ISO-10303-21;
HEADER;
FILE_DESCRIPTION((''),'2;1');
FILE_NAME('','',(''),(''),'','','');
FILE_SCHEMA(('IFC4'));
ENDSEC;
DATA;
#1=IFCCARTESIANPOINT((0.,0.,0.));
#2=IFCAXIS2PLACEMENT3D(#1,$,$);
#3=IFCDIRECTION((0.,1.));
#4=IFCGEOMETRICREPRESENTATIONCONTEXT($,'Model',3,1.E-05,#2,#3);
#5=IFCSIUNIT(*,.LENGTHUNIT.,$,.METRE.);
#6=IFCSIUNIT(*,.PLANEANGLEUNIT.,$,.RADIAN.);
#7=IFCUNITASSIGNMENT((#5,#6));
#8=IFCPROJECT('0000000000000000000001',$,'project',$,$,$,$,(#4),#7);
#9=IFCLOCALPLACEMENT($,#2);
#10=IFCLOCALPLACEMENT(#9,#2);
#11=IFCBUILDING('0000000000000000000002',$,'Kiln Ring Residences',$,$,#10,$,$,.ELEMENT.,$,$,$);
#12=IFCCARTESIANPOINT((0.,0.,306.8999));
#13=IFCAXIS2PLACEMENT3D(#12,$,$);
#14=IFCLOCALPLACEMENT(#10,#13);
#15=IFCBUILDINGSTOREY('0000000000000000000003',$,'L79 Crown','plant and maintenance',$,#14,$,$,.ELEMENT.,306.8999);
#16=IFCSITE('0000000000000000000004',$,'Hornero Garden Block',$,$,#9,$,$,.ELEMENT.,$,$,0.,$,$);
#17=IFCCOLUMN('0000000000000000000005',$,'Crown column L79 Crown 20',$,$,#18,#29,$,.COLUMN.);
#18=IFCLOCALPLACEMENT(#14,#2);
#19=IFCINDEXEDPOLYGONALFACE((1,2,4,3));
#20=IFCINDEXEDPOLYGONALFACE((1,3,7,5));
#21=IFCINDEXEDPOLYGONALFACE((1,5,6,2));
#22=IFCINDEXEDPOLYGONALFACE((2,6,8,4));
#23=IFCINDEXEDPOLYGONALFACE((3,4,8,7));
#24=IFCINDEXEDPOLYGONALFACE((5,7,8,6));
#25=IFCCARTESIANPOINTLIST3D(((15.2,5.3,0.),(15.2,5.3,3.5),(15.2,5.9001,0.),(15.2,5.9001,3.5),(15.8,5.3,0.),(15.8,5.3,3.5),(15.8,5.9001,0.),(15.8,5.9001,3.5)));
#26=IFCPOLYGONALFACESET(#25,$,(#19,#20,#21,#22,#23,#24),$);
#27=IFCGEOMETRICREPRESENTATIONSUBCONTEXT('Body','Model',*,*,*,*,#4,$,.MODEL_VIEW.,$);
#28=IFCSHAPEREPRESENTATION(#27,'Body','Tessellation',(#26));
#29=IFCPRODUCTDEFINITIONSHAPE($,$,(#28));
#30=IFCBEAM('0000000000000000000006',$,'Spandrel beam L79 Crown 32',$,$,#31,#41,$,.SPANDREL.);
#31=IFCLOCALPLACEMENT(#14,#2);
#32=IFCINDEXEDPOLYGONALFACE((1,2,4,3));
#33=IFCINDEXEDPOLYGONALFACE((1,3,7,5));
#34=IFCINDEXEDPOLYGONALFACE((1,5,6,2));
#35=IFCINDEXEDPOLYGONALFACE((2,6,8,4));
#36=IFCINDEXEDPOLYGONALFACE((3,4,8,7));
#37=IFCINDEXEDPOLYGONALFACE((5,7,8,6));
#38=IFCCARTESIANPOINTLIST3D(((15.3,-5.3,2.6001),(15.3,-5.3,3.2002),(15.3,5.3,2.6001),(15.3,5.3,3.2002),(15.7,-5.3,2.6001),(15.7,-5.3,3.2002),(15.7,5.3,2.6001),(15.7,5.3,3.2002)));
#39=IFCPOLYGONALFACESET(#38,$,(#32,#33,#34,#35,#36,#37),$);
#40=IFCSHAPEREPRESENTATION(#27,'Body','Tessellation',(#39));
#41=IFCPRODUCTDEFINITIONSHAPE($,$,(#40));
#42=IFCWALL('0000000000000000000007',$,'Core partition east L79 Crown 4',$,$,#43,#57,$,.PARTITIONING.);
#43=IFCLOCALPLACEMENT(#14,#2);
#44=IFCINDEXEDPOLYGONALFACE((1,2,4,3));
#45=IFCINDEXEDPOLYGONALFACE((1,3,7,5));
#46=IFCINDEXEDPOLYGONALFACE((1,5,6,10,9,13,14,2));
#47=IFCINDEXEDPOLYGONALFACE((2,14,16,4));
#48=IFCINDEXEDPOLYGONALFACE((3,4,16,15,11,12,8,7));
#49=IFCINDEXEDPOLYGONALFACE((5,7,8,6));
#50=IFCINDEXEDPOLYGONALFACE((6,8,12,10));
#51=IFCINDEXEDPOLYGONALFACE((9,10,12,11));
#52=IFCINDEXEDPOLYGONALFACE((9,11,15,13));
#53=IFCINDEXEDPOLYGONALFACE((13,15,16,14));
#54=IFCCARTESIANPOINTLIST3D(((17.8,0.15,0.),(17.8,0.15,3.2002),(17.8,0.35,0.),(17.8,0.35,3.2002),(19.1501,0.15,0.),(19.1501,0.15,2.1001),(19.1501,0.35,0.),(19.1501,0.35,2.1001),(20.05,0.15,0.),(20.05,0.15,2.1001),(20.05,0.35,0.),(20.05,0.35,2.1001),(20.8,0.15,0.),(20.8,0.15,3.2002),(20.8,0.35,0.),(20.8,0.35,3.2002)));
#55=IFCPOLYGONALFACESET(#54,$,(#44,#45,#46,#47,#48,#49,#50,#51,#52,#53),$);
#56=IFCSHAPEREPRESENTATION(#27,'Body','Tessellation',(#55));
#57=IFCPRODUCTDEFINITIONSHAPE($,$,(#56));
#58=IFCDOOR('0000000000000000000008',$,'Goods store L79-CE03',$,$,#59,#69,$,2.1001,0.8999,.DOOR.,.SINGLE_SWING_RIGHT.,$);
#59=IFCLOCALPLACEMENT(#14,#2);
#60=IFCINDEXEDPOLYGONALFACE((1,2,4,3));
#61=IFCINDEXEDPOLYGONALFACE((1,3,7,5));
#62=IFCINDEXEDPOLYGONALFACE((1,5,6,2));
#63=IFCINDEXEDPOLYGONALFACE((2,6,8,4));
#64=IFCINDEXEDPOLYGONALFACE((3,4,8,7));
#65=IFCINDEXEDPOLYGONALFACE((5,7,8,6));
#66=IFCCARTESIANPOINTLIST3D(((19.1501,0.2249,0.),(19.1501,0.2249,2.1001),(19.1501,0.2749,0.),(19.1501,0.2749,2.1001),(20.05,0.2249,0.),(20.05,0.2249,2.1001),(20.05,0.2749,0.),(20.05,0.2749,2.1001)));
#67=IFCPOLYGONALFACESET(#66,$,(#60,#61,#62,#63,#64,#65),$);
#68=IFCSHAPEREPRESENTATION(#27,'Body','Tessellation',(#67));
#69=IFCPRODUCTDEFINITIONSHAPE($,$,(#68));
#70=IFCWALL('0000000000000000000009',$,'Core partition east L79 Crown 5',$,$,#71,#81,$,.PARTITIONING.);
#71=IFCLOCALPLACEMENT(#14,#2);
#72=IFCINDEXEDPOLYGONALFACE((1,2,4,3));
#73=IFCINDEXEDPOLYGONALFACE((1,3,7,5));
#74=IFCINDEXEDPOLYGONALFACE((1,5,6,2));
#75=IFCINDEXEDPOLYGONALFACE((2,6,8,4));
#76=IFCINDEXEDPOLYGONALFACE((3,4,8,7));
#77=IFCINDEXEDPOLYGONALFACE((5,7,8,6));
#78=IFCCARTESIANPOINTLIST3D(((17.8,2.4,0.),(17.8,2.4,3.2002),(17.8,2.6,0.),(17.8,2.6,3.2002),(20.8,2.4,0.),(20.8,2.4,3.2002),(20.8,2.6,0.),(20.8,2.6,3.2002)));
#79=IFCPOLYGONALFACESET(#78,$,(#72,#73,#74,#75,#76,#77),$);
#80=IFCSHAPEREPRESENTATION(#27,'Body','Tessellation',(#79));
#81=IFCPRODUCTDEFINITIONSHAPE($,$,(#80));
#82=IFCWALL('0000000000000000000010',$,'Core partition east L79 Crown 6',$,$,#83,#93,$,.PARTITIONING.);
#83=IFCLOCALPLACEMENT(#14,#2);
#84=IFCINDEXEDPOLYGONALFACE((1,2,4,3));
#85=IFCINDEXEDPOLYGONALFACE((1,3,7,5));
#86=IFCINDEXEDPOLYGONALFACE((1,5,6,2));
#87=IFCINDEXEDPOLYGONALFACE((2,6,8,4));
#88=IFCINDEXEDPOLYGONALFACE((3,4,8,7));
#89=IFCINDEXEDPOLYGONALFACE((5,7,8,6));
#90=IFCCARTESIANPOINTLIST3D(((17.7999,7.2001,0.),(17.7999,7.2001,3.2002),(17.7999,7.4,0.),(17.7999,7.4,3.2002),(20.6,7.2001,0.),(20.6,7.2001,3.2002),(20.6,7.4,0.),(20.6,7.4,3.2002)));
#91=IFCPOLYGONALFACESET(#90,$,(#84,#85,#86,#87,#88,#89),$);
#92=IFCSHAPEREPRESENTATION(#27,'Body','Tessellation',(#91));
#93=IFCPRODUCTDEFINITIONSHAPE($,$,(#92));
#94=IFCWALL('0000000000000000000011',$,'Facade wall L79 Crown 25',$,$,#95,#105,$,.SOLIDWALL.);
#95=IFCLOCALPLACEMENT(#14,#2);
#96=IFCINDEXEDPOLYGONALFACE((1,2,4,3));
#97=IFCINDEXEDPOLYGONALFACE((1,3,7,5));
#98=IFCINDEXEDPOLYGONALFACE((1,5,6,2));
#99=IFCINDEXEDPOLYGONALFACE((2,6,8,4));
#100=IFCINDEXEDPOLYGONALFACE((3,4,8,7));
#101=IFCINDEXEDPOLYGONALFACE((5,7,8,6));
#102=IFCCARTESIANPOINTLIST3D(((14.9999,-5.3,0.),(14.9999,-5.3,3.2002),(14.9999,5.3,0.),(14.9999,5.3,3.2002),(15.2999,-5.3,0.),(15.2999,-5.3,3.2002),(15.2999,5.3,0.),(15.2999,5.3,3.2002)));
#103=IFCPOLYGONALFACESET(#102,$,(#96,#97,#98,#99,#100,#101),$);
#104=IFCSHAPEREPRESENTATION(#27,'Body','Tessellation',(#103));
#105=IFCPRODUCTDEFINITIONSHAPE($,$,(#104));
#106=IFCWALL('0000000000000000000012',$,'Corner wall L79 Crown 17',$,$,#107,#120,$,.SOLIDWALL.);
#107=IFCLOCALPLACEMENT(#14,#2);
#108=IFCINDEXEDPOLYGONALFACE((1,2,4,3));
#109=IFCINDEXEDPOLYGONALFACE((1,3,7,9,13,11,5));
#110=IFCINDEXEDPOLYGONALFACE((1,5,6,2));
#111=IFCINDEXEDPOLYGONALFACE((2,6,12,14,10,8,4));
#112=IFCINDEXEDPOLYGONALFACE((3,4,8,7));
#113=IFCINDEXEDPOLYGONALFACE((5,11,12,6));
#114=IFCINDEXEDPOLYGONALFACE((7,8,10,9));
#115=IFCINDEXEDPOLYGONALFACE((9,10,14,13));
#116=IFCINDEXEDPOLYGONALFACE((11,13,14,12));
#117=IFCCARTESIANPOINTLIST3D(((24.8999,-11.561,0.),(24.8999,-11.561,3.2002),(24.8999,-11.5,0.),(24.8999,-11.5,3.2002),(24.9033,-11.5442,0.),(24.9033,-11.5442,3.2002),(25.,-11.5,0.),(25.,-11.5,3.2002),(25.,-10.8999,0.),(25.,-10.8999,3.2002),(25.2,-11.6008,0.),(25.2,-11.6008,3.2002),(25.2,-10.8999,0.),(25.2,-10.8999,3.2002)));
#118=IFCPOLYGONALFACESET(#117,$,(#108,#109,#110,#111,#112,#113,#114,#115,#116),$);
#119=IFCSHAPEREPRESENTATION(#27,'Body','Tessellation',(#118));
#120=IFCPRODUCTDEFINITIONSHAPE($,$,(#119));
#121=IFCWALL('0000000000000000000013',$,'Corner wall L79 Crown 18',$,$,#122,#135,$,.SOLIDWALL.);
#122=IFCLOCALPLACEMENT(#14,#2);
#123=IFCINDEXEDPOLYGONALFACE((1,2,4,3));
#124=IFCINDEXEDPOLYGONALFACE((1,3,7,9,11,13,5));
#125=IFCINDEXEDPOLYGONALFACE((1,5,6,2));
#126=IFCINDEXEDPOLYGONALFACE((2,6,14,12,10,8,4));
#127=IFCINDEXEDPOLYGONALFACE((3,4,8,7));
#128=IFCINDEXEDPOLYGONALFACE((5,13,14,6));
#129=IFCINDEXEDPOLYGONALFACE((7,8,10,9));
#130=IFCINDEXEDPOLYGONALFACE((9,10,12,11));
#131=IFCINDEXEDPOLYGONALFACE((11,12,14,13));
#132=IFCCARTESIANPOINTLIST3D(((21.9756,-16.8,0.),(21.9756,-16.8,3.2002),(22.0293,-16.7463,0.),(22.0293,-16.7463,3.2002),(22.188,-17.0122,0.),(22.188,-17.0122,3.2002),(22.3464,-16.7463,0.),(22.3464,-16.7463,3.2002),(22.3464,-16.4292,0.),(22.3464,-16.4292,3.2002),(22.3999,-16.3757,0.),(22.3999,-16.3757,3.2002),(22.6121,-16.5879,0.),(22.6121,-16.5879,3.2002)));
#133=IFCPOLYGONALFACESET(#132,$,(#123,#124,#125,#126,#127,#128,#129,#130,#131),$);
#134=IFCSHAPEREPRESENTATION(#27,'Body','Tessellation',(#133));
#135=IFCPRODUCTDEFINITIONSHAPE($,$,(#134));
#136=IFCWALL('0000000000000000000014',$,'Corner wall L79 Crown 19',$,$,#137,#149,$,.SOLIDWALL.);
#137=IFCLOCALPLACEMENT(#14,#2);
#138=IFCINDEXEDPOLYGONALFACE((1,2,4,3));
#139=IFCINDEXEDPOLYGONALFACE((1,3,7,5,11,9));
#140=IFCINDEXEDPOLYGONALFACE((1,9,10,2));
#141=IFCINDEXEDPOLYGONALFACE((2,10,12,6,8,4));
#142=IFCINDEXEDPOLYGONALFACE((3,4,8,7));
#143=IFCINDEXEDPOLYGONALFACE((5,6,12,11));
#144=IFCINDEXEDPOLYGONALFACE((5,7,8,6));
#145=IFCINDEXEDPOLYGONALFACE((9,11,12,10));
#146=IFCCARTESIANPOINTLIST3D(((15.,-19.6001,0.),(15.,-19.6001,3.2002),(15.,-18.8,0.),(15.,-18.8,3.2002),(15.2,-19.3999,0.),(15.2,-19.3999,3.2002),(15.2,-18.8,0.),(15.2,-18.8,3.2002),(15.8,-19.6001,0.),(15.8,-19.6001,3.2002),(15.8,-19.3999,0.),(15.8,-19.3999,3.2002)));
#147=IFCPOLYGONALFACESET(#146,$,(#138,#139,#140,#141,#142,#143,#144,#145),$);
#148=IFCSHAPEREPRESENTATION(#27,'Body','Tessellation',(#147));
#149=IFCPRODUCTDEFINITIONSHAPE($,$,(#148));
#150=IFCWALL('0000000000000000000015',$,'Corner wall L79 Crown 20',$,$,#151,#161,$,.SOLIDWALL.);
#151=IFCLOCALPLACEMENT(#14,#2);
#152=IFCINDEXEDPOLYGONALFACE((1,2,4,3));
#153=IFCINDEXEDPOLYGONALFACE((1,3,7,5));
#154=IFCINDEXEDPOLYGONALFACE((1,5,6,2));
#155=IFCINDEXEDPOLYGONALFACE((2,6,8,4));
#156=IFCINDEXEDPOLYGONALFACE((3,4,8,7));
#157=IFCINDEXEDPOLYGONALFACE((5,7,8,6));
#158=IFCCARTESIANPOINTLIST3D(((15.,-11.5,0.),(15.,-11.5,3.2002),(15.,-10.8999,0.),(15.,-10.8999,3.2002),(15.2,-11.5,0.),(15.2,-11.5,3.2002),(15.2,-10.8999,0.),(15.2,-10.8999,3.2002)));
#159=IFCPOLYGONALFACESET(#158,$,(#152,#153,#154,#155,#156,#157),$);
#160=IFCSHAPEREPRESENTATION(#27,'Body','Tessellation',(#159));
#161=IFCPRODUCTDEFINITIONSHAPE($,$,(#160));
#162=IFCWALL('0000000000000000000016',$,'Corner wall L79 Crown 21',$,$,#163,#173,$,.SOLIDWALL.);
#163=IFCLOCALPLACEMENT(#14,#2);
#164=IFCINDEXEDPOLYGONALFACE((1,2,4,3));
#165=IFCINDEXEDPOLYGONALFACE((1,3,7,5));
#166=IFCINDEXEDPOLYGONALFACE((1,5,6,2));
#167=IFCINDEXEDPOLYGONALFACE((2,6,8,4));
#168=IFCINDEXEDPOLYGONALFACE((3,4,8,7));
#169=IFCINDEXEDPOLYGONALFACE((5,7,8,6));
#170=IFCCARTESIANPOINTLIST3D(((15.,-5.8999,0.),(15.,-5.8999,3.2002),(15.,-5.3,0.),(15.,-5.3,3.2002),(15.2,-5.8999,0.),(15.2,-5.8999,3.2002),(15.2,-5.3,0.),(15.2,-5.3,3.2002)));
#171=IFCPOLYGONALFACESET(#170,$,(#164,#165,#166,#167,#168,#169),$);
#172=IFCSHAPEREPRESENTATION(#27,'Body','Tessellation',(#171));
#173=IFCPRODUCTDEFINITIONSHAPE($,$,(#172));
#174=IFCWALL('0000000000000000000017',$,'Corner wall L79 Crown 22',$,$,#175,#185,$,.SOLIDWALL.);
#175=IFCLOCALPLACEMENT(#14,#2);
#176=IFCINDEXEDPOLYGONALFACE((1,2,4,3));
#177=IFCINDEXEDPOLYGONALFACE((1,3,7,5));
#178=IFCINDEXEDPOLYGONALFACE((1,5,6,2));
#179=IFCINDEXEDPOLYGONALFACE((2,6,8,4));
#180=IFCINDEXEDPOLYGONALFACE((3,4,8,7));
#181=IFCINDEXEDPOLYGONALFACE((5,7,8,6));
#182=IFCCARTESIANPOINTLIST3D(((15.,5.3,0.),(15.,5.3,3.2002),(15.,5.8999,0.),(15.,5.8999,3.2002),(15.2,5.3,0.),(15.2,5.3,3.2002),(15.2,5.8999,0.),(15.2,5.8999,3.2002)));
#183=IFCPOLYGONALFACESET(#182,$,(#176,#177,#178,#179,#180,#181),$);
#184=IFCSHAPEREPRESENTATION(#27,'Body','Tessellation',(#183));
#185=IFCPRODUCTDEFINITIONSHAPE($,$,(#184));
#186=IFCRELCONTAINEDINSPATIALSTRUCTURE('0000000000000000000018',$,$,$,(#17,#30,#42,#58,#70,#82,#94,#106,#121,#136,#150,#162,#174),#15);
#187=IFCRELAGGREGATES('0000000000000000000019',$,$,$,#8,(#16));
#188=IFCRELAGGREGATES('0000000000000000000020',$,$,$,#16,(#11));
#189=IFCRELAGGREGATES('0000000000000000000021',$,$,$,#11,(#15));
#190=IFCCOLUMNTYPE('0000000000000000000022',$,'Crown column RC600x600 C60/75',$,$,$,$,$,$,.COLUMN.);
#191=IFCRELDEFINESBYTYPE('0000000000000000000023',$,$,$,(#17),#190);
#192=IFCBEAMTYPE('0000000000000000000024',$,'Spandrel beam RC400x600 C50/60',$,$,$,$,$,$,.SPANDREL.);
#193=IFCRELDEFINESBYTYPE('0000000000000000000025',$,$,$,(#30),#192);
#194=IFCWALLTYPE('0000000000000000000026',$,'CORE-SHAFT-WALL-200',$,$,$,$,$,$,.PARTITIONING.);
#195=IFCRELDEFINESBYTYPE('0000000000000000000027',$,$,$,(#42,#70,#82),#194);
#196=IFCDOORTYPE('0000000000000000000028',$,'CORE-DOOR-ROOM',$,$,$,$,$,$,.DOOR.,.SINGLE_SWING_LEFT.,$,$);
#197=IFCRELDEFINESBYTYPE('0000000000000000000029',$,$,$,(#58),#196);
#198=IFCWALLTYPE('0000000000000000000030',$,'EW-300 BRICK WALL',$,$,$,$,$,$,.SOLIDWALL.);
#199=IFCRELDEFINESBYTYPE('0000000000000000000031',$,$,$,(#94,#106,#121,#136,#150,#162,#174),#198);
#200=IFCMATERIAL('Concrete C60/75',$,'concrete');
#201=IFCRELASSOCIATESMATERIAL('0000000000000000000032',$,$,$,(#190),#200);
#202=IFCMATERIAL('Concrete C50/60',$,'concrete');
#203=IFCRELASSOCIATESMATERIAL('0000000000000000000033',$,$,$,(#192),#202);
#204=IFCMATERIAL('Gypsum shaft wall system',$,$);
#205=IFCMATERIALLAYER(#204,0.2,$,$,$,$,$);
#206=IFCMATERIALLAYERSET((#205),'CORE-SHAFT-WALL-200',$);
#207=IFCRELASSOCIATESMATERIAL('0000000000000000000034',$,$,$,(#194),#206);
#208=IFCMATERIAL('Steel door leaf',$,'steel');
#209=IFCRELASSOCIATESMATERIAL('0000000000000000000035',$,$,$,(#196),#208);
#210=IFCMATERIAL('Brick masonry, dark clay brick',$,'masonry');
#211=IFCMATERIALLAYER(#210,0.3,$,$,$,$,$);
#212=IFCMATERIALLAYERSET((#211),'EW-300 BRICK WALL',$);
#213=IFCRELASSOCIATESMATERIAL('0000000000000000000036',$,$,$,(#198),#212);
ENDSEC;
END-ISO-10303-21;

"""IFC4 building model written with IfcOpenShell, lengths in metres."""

from ifc_helpers import new_model, si_unit, direction, frame, frame_2d, origin, origin_2d, place, context, subcontext, project, spatial, polyline, rectangle, outline, extrude, material, layer, layer_set, material_profile, profile_set, type_object, element, fill, save


model = new_model("IFC4")

# Units and contexts
model_context = context("Model", 3, precision=1e-05, world=origin(), true_north=direction((0.0, 1.0)))
body_context = subcontext(model_context, "Body", "Model", "MODEL_VIEW")
ifc_project = project(units=[si_unit("LENGTHUNIT", "METRE"), si_unit("PLANEANGLEUNIT", "RADIAN")], contexts=[model_context])

# Site, building, storey
site_placement = place(None, origin())
site = spatial("IfcSite", under=ifc_project, at=site_placement, Name="Hornero Garden Block", CompositionType="ELEMENT", RefElevation=0.0)
building_placement = place(site_placement, origin())
building = spatial("IfcBuilding", under=site, at=building_placement, Name="Kiln Ring Residences", CompositionType="ELEMENT")
storey_placement = place(building_placement, frame((0.0, 0.0, 306.8999)))
storey = spatial("IfcBuildingStorey", under=building, at=storey_placement, Name="L79 Crown", Description="plant and maintenance", CompositionType="ELEMENT", Elevation=306.8999)

# Column
ifc_material_1 = material(Name="Concrete C60/75", Category="concrete")
ifc_material_profile_1 = material_profile(ifc_material_1, rectangle(XDim=0.6001, YDim=0.6001, at=origin_2d()), Name="RC600x600")
ifc_profile_set_1 = profile_set([ifc_material_profile_1], Name="Concrete C60/75")
column_type = type_object("IfcColumnType", Name="Crown column RC600x600 C60/75", PredefinedType="COLUMN", material=ifc_profile_set_1)
column_placement = place(storey_placement, frame((15.5, 5.6001, 0.0), z_axis=(0.0, 0.0, 1.0), x_axis=(1.0, 0.0, 0.0)))
element("IfcColumn", 1, at=column_placement, inside=storey, type_object=column_type, Name="Crown column L79 Crown 20", PredefinedType="COLUMN", context=body_context, shape_type="SweptSolid", body=[
    extrude(rectangle(XDim=0.6001, YDim=0.6001, at=origin_2d()), origin(), (0.0, 0.0, 1.0), 3.5),
])

# Beam
ifc_material_2 = material(Name="Concrete C50/60", Category="concrete")
ifc_material_profile_2 = material_profile(ifc_material_2, rectangle(XDim=0.3999, YDim=0.6001, at=origin_2d()), Name="RC400x600")
ifc_profile_set_2 = profile_set([ifc_material_profile_2], Name="Concrete C50/60")
beam_type = type_object("IfcBeamType", Name="Spandrel beam RC400x600 C50/60", PredefinedType="SPANDREL", material=ifc_profile_set_2)
beam_placement = place(storey_placement, frame((15.5, 5.3, 2.9001), z_axis=(0.0, -1.0, 0.0), x_axis=(1.0, 0.0, 0.0)))
element("IfcBeam", 2, at=beam_placement, inside=storey, type_object=beam_type, Name="Spandrel beam L79 Crown 32", PredefinedType="SPANDREL", context=body_context, shape_type="SweptSolid", body=[
    extrude(rectangle(XDim=0.3999, YDim=0.6001, at=origin_2d()), origin(), (0.0, 0.0, 1.0), 10.6001),
])

# Wall, opening, door
ifc_material_3 = material(Name="Gypsum shaft wall system")
ifc_layer_1 = layer(ifc_material_3, 0.2)
ifc_layer_set_1 = layer_set([ifc_layer_1], Name="CORE-SHAFT-WALL-200")
wall_type_1 = type_object("IfcWallType", Name="CORE-SHAFT-WALL-200", PredefinedType="PARTITIONING", material=ifc_layer_set_1)
wall_1_placement = place(storey_placement, frame((17.8, 0.25, 0.0), z_axis=(0.0, 0.0, 1.0), x_axis=(1.0, 0.0, 0.0)))
wall_1 = element("IfcWall", 3, at=wall_1_placement, inside=storey, type_object=wall_type_1, Name="Core partition east L79 Crown 4", PredefinedType="PARTITIONING", context=body_context, shape_type="SweptSolid", body=[
    extrude(rectangle(XDim=3.0, YDim=0.2, at=frame_2d((1.5, 0.0))), origin(), (0.0, 0.0, 1.0), 3.2002),
])
opening_placement = place(wall_1_placement, frame((1.3501, 0.0, 0.0)))
opening = element("IfcOpeningElement", 4, at=opening_placement, cuts=wall_1, PredefinedType="OPENING", context=body_context, shape_type="SweptSolid", body=[
    extrude(rectangle(XDim=0.8999, YDim=2.1001, at=frame_2d((0.45, 1.05))), frame((0.0, 0.1099, 0.0), z_axis=(0.0, -1.0, 0.0), x_axis=(1.0, 0.0, 0.0)), (0.0, 0.0, 1.0), 0.22),
])
ifc_material_4 = material(Name="Steel door leaf", Category="steel")
door_type = type_object("IfcDoorType", Name="CORE-DOOR-ROOM", OperationType="SINGLE_SWING_LEFT", PredefinedType="DOOR", material=ifc_material_4)
door_placement = place(opening_placement, origin())
door = element("IfcDoor", 5, at=door_placement, inside=storey, type_object=door_type, Name="Goods store L79-CE03", OperationType="SINGLE_SWING_RIGHT", OverallHeight=2.1001, OverallWidth=0.8999, PredefinedType="DOOR", context=body_context, shape_type="SweptSolid", body=[
    extrude(rectangle(XDim=0.8999, YDim=2.1001, at=frame_2d((0.45, 1.05))), frame((0.0, 0.0249, 0.0), z_axis=(0.0, -1.0, 0.0), x_axis=(1.0, 0.0, 0.0)), (0.0, 0.0, 1.0), 0.05),
])
fill(opening, door)

# Walls
wall_2_placement = place(storey_placement, frame((17.8, 2.5, 0.0), z_axis=(0.0, 0.0, 1.0), x_axis=(1.0, 0.0, 0.0)))
element("IfcWall", 6, at=wall_2_placement, inside=storey, type_object=wall_type_1, Name="Core partition east L79 Crown 5", PredefinedType="PARTITIONING", context=body_context, shape_type="SweptSolid", body=[
    extrude(rectangle(XDim=3.0, YDim=0.2, at=frame_2d((1.5, 0.0))), origin(), (0.0, 0.0, 1.0), 3.2002),
])
wall_3_placement = place(storey_placement, frame((17.8, 7.3, 0.0), z_axis=(0.0, 0.0, 1.0), x_axis=(1.0, 0.0, 0.0)))
element("IfcWall", 7, at=wall_3_placement, inside=storey, type_object=wall_type_1, Name="Core partition east L79 Crown 6", PredefinedType="PARTITIONING", context=body_context, shape_type="SweptSolid", body=[
    extrude(rectangle(XDim=2.8, YDim=0.2, at=frame_2d((1.3999, 0.0))), origin(), (0.0, 0.0, 1.0), 3.2002),
])
ifc_material_5 = material(Name="Brick masonry, dark clay brick", Category="masonry")
ifc_layer_2 = layer(ifc_material_5, 0.3)
ifc_layer_set_2 = layer_set([ifc_layer_2], Name="EW-300 BRICK WALL")
wall_type_2 = type_object("IfcWallType", Name="EW-300 BRICK WALL", PredefinedType="SOLIDWALL", material=ifc_layer_set_2)
wall_4_placement = place(storey_placement, frame((15.1499, 5.3, 0.0), z_axis=(0.0, 0.0, 1.0), x_axis=(0.0, -1.0, 0.0)))
element("IfcWall", 8, at=wall_4_placement, inside=storey, type_object=wall_type_2, Name="Facade wall L79 Crown 25", PredefinedType="SOLIDWALL", context=body_context, shape_type="SweptSolid", body=[
    extrude(rectangle(XDim=10.6001, YDim=0.3, at=frame_2d((5.3, 0.0))), origin(), (0.0, 0.0, 1.0), 3.2002),
])
placement = place(storey_placement, origin())
element("IfcWall", 9, at=placement, inside=storey, type_object=wall_type_2, Name="Corner wall L79 Crown 17", PredefinedType="SOLIDWALL", context=body_context, shape_type="SweptSolid", body=[
    extrude(outline(polyline([(25.2, -11.6008), (25.2, -10.8999), (25.0, -10.8999), (25.0, -11.5), (24.8999, -11.5), (24.8999, -11.561), (24.9033, -11.5442), (25.2, -11.6008)])), origin(), (0.0, 0.0, 1.0), 3.2002),
])
element("IfcWall", 10, at=placement, inside=storey, type_object=wall_type_2, Name="Corner wall L79 Crown 18", PredefinedType="SOLIDWALL", context=body_context, shape_type="SweptSolid", body=[
    extrude(outline(polyline([(21.9756, -16.8), (22.188, -17.0122), (22.6121, -16.5879), (22.3999, -16.3757), (22.3464, -16.4292), (22.3464, -16.7463), (22.0293, -16.7463), (21.9756, -16.8)])), origin(), (0.0, 0.0, 1.0), 3.2002),
])
element("IfcWall", 11, at=placement, inside=storey, type_object=wall_type_2, Name="Corner wall L79 Crown 19", PredefinedType="SOLIDWALL", context=body_context, shape_type="SweptSolid", body=[
    extrude(outline(polyline([(15.0, -18.8), (15.0, -19.6001), (15.8, -19.6001), (15.8, -19.3999), (15.2, -19.3999), (15.2, -18.8), (15.0, -18.8)])), origin(), (0.0, 0.0, 1.0), 3.2002),
])
element("IfcWall", 12, at=placement, inside=storey, type_object=wall_type_2, Name="Corner wall L79 Crown 20", PredefinedType="SOLIDWALL", context=body_context, shape_type="SweptSolid", body=[
    extrude(outline(polyline([(15.2, -10.8999), (15.0, -10.8999), (15.0, -11.5), (15.2, -11.5), (15.2, -10.8999)])), origin(), (0.0, 0.0, 1.0), 3.2002),
])
element("IfcWall", 13, at=placement, inside=storey, type_object=wall_type_2, Name="Corner wall L79 Crown 21", PredefinedType="SOLIDWALL", context=body_context, shape_type="SweptSolid", body=[
    extrude(outline(polyline([(15.2, -5.3), (15.0, -5.3), (15.0, -5.8999), (15.3, -5.8999), (15.2, -5.8999), (15.2, -5.3)])), origin(), (0.0, 0.0, 1.0), 3.2002),
])
element("IfcWall", 14, at=placement, inside=storey, type_object=wall_type_2, Name="Corner wall L79 Crown 22", PredefinedType="SOLIDWALL", context=body_context, shape_type="SweptSolid", body=[
    extrude(outline(polyline([(15.3, 5.8999), (15.0, 5.8999), (15.0, 5.3), (15.3, 5.3), (15.2, 5.3), (15.2, 5.8999), (15.3, 5.8999)])), origin(), (0.0, 0.0, 1.0), 3.2002),
])

save(model, "model.ifc")
